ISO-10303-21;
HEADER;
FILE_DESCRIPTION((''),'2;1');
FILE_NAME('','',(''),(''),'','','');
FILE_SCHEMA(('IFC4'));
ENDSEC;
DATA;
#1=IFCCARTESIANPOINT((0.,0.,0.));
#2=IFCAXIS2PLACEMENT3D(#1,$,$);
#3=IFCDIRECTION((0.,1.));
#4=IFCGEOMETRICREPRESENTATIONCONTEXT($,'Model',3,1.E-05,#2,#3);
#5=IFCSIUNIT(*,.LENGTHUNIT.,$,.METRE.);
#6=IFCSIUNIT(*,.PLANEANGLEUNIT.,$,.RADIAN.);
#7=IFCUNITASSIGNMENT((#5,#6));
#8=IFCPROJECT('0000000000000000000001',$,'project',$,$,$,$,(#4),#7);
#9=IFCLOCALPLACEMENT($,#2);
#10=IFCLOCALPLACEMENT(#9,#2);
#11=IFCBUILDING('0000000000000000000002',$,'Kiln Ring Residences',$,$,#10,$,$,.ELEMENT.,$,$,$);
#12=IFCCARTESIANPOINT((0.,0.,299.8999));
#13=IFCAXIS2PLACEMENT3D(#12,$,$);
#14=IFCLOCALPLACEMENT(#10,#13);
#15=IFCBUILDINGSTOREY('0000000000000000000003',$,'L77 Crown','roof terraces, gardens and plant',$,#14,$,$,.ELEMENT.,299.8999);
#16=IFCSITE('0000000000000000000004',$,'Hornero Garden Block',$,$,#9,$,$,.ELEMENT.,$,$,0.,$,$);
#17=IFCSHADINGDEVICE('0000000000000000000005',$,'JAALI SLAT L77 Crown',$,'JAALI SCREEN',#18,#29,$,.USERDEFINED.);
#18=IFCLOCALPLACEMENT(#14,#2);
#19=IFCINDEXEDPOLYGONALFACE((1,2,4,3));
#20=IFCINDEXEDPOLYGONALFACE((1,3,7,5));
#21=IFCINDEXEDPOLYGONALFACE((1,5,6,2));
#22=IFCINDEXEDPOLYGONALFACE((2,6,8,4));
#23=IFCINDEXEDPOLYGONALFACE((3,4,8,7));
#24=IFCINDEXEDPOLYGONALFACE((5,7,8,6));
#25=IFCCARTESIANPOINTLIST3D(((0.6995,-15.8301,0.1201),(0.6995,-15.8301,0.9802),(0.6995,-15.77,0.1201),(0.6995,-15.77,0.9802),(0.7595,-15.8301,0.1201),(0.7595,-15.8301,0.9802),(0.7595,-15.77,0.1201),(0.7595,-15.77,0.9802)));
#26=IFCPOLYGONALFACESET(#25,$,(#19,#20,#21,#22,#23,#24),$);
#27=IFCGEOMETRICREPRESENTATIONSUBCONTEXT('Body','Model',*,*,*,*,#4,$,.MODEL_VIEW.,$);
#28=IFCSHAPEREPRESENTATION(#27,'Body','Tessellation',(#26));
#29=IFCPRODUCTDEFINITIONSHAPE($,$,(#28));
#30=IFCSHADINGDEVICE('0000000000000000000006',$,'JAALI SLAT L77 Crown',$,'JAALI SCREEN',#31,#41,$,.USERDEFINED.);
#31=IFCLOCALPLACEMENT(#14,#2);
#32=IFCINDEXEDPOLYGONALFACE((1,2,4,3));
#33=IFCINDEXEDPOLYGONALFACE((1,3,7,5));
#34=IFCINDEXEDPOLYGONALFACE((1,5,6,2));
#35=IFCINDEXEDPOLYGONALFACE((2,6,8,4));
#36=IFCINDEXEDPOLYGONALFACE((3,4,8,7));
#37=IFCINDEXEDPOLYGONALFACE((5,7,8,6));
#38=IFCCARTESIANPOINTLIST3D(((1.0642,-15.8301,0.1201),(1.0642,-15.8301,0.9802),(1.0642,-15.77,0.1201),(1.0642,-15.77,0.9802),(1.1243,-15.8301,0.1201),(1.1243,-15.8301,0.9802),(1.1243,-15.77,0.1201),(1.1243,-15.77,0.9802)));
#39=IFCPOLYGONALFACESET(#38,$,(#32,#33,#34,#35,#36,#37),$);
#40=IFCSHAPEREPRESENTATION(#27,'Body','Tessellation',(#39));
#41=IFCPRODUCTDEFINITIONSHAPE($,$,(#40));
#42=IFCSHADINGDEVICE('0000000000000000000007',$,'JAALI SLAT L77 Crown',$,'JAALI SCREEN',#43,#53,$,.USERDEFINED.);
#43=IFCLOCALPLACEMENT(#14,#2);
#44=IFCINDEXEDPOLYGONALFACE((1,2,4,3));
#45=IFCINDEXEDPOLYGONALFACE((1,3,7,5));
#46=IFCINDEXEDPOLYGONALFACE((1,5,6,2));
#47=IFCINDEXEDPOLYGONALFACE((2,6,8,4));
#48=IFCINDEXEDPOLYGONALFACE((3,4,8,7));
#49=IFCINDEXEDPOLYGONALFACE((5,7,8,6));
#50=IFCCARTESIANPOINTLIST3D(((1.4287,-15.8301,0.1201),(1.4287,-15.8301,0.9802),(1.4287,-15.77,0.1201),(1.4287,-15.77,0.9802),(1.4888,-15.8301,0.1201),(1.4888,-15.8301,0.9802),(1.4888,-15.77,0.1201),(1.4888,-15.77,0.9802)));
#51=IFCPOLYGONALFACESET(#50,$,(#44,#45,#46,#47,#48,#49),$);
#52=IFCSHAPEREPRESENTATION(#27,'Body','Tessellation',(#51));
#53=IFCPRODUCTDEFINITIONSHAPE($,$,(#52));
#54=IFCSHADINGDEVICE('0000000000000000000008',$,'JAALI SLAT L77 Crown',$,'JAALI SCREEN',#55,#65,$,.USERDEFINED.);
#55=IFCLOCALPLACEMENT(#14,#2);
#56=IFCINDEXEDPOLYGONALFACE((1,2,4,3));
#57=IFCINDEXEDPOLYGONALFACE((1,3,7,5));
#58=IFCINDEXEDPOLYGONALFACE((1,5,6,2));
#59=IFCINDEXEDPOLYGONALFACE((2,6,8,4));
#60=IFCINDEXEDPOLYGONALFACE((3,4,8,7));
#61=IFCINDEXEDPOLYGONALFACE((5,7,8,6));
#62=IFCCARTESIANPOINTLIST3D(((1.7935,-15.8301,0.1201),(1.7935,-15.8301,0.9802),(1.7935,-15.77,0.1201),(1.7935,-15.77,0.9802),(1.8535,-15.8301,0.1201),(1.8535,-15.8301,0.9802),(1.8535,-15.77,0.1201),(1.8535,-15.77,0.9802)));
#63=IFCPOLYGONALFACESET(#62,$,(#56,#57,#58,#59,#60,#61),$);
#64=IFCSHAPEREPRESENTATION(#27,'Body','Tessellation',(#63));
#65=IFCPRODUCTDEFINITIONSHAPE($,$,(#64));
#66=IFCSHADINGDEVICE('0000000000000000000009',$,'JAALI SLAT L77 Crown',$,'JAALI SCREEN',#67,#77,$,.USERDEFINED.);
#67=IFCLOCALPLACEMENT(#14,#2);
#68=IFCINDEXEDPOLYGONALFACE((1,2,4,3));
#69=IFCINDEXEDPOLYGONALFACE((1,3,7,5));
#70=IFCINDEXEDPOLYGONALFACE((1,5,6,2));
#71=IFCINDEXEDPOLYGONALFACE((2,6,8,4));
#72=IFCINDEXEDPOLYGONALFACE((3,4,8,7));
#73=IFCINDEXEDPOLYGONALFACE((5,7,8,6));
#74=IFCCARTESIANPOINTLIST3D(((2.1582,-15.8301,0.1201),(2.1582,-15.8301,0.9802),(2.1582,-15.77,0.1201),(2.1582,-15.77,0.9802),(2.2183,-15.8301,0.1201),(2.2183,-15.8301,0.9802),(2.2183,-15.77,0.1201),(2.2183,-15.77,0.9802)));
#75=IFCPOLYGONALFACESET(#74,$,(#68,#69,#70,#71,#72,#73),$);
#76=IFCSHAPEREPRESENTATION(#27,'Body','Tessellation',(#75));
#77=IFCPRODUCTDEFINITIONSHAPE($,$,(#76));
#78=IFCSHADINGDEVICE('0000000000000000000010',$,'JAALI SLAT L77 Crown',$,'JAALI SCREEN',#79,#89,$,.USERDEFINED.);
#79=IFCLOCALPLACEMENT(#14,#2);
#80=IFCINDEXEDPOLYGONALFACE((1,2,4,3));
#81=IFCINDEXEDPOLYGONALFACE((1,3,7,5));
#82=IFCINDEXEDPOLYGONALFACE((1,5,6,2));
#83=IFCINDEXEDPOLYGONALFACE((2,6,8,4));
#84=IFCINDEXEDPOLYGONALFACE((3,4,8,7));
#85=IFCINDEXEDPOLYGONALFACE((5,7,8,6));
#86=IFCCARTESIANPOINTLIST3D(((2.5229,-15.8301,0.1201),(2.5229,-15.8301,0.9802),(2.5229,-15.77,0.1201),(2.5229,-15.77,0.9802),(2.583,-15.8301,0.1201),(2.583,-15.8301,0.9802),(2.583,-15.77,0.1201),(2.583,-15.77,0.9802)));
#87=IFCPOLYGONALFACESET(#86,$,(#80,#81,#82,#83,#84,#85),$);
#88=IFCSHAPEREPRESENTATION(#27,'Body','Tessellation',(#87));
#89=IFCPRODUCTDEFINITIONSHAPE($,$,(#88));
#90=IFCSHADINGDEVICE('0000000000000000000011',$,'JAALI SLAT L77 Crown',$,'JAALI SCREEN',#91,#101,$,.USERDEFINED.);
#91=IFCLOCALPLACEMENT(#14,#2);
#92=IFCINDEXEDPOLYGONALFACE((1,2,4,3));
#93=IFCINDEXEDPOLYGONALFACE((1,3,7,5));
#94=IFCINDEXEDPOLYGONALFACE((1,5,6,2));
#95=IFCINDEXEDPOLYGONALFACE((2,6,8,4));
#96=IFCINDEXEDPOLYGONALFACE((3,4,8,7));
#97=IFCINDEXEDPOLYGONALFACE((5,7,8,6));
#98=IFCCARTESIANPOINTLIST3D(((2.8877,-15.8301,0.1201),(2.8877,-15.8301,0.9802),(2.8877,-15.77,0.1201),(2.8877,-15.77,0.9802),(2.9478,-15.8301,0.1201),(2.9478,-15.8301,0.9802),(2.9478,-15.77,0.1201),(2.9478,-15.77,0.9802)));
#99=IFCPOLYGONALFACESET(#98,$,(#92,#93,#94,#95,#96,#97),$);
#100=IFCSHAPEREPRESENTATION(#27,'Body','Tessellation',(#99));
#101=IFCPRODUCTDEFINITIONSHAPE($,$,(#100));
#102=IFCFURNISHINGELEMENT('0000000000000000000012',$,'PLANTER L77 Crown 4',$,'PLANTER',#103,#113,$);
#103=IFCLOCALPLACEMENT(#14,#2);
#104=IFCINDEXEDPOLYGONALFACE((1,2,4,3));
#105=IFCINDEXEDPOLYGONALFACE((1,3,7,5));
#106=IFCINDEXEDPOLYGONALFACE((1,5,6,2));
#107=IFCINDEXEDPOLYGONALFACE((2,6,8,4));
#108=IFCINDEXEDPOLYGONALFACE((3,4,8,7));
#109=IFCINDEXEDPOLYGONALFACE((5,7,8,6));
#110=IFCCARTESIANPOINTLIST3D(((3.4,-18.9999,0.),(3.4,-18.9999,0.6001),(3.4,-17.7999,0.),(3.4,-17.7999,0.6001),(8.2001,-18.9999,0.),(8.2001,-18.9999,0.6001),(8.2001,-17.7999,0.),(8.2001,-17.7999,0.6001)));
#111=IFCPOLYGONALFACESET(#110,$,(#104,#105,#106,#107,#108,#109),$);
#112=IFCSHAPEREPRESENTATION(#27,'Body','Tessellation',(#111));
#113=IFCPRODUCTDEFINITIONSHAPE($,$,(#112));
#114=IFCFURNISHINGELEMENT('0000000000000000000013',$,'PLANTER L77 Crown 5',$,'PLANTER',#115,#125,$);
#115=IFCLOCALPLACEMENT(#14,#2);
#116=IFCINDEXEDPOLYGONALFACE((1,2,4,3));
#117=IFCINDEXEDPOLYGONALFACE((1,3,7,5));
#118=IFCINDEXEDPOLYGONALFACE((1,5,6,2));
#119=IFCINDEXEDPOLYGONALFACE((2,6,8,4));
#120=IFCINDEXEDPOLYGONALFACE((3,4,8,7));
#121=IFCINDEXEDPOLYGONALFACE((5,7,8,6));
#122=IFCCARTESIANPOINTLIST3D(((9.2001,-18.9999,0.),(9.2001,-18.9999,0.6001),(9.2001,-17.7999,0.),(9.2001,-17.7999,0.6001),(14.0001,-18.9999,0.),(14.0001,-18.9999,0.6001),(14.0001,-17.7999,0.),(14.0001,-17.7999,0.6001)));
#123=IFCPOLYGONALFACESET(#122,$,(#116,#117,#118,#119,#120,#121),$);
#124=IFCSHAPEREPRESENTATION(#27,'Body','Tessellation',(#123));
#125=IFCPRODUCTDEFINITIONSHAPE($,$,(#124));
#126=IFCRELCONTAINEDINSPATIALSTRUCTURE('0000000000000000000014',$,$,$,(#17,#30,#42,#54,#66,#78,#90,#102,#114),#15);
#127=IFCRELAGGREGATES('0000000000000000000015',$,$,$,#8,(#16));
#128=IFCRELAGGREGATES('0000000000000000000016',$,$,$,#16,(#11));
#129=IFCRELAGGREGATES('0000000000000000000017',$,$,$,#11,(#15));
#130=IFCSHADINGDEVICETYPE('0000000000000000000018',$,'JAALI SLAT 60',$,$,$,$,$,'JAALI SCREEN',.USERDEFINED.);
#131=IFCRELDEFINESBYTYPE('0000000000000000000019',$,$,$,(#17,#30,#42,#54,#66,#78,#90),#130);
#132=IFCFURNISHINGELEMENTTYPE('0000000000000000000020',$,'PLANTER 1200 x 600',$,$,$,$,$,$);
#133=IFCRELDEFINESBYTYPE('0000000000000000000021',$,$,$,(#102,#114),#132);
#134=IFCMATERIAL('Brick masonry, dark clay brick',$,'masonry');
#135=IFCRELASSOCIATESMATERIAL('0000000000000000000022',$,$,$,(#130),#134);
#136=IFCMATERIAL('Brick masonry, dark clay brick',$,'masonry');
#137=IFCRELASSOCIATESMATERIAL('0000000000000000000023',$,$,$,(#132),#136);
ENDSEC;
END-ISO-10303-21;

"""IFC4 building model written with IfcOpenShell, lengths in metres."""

from ifc_helpers import new_model, si_unit, direction, frame, origin, origin_2d, place, context, subcontext, project, spatial, rectangle, extrude, material, type_object, element, save


model = new_model("IFC4")

# Units and contexts
model_context = context("Model", 3, precision=1e-05, world=origin(), true_north=direction((0.0, 1.0)))
body_context = subcontext(model_context, "Body", "Model", "MODEL_VIEW")
ifc_project = project(units=[si_unit("LENGTHUNIT", "METRE"), si_unit("PLANEANGLEUNIT", "RADIAN")], contexts=[model_context])

# Site, building, storey
site_placement = place(None, origin())
site = spatial("IfcSite", under=ifc_project, at=site_placement, Name="Hornero Garden Block", CompositionType="ELEMENT", RefElevation=0.0)
building_placement = place(site_placement, origin())
building = spatial("IfcBuilding", under=site, at=building_placement, Name="Kiln Ring Residences", CompositionType="ELEMENT")
storey_placement = place(building_placement, frame((0.0, 0.0, 299.8999)))
storey = spatial("IfcBuildingStorey", under=building, at=storey_placement, Name="L77 Crown", Description="roof terraces, gardens and plant", CompositionType="ELEMENT", Elevation=299.8999)

# Shading devices
ifc_material_1 = material(Name="Brick masonry, dark clay brick", Category="masonry")
shading_device_type = type_object("IfcShadingDeviceType", Name="JAALI SLAT 60", ElementType="JAALI SCREEN", PredefinedType="USERDEFINED", material=ifc_material_1)
for number, where, z_axis, x_axis, name in (
    (1, (0.7295, -15.8, 0.1201), (0.0, 0.0, 1.0), (1.0, 0.0, 0.0), "JAALI SLAT L77 Crown"),
    (2, (1.0942, -15.8, 0.1201), (0.0, 0.0, 1.0), (1.0, 0.0, 0.0), "JAALI SLAT L77 Crown"),
    (3, (1.4587, -15.8, 0.1201), (0.0, 0.0, 1.0), (1.0, 0.0, 0.0), "JAALI SLAT L77 Crown"),
    (4, (1.8235, -15.8, 0.1201), (0.0, 0.0, 1.0), (1.0, 0.0, 0.0), "JAALI SLAT L77 Crown"),
    (5, (2.1882, -15.8, 0.1201), (0.0, 0.0, 1.0), (1.0, 0.0, 0.0), "JAALI SLAT L77 Crown"),
    (6, (2.553, -15.8, 0.1201), (0.0, 0.0, 1.0), (1.0, 0.0, 0.0), "JAALI SLAT L77 Crown"),
    (7, (2.9177, -15.8, 0.1201), (0.0, 0.0, 1.0), (1.0, 0.0, 0.0), "JAALI SLAT L77 Crown"),
):
    element("IfcShadingDevice", number, at=place(storey_placement, frame(where, z_axis=z_axis, x_axis=x_axis)), inside=storey, type_object=shading_device_type, Name=name, ObjectType="JAALI SCREEN", PredefinedType="USERDEFINED", context=body_context, shape_type="SweptSolid", body=[
        extrude(rectangle(XDim=0.0601, YDim=0.0601, at=origin_2d()), origin(), (0.0, 0.0, 1.0), 0.8601),
    ])

# Furnishing elements
ifc_material_2 = material(Name="Brick masonry, dark clay brick", Category="masonry")
furnishing_element_type = type_object("IfcFurnishingElementType", Name="PLANTER 1200 x 600", material=ifc_material_2)
for number, where, z_axis, x_axis, name in (
    (8, (5.8, -18.3999, 0.0), (0.0, 0.0, 1.0), (1.0, 0.0, 0.0), "PLANTER L77 Crown 4"),
    (9, (11.6001, -18.3999, 0.0), (0.0, 0.0, 1.0), (1.0, 0.0, 0.0), "PLANTER L77 Crown 5"),
):
    element("IfcFurnishingElement", number, at=place(storey_placement, frame(where, z_axis=z_axis, x_axis=x_axis)), inside=storey, type_object=furnishing_element_type, Name=name, ObjectType="PLANTER", context=body_context, shape_type="SweptSolid", body=[
        extrude(rectangle(XDim=4.8, YDim=1.2, at=origin_2d()), origin(), (0.0, 0.0, 1.0), 0.6001),
    ])

save(model, "model.ifc")
